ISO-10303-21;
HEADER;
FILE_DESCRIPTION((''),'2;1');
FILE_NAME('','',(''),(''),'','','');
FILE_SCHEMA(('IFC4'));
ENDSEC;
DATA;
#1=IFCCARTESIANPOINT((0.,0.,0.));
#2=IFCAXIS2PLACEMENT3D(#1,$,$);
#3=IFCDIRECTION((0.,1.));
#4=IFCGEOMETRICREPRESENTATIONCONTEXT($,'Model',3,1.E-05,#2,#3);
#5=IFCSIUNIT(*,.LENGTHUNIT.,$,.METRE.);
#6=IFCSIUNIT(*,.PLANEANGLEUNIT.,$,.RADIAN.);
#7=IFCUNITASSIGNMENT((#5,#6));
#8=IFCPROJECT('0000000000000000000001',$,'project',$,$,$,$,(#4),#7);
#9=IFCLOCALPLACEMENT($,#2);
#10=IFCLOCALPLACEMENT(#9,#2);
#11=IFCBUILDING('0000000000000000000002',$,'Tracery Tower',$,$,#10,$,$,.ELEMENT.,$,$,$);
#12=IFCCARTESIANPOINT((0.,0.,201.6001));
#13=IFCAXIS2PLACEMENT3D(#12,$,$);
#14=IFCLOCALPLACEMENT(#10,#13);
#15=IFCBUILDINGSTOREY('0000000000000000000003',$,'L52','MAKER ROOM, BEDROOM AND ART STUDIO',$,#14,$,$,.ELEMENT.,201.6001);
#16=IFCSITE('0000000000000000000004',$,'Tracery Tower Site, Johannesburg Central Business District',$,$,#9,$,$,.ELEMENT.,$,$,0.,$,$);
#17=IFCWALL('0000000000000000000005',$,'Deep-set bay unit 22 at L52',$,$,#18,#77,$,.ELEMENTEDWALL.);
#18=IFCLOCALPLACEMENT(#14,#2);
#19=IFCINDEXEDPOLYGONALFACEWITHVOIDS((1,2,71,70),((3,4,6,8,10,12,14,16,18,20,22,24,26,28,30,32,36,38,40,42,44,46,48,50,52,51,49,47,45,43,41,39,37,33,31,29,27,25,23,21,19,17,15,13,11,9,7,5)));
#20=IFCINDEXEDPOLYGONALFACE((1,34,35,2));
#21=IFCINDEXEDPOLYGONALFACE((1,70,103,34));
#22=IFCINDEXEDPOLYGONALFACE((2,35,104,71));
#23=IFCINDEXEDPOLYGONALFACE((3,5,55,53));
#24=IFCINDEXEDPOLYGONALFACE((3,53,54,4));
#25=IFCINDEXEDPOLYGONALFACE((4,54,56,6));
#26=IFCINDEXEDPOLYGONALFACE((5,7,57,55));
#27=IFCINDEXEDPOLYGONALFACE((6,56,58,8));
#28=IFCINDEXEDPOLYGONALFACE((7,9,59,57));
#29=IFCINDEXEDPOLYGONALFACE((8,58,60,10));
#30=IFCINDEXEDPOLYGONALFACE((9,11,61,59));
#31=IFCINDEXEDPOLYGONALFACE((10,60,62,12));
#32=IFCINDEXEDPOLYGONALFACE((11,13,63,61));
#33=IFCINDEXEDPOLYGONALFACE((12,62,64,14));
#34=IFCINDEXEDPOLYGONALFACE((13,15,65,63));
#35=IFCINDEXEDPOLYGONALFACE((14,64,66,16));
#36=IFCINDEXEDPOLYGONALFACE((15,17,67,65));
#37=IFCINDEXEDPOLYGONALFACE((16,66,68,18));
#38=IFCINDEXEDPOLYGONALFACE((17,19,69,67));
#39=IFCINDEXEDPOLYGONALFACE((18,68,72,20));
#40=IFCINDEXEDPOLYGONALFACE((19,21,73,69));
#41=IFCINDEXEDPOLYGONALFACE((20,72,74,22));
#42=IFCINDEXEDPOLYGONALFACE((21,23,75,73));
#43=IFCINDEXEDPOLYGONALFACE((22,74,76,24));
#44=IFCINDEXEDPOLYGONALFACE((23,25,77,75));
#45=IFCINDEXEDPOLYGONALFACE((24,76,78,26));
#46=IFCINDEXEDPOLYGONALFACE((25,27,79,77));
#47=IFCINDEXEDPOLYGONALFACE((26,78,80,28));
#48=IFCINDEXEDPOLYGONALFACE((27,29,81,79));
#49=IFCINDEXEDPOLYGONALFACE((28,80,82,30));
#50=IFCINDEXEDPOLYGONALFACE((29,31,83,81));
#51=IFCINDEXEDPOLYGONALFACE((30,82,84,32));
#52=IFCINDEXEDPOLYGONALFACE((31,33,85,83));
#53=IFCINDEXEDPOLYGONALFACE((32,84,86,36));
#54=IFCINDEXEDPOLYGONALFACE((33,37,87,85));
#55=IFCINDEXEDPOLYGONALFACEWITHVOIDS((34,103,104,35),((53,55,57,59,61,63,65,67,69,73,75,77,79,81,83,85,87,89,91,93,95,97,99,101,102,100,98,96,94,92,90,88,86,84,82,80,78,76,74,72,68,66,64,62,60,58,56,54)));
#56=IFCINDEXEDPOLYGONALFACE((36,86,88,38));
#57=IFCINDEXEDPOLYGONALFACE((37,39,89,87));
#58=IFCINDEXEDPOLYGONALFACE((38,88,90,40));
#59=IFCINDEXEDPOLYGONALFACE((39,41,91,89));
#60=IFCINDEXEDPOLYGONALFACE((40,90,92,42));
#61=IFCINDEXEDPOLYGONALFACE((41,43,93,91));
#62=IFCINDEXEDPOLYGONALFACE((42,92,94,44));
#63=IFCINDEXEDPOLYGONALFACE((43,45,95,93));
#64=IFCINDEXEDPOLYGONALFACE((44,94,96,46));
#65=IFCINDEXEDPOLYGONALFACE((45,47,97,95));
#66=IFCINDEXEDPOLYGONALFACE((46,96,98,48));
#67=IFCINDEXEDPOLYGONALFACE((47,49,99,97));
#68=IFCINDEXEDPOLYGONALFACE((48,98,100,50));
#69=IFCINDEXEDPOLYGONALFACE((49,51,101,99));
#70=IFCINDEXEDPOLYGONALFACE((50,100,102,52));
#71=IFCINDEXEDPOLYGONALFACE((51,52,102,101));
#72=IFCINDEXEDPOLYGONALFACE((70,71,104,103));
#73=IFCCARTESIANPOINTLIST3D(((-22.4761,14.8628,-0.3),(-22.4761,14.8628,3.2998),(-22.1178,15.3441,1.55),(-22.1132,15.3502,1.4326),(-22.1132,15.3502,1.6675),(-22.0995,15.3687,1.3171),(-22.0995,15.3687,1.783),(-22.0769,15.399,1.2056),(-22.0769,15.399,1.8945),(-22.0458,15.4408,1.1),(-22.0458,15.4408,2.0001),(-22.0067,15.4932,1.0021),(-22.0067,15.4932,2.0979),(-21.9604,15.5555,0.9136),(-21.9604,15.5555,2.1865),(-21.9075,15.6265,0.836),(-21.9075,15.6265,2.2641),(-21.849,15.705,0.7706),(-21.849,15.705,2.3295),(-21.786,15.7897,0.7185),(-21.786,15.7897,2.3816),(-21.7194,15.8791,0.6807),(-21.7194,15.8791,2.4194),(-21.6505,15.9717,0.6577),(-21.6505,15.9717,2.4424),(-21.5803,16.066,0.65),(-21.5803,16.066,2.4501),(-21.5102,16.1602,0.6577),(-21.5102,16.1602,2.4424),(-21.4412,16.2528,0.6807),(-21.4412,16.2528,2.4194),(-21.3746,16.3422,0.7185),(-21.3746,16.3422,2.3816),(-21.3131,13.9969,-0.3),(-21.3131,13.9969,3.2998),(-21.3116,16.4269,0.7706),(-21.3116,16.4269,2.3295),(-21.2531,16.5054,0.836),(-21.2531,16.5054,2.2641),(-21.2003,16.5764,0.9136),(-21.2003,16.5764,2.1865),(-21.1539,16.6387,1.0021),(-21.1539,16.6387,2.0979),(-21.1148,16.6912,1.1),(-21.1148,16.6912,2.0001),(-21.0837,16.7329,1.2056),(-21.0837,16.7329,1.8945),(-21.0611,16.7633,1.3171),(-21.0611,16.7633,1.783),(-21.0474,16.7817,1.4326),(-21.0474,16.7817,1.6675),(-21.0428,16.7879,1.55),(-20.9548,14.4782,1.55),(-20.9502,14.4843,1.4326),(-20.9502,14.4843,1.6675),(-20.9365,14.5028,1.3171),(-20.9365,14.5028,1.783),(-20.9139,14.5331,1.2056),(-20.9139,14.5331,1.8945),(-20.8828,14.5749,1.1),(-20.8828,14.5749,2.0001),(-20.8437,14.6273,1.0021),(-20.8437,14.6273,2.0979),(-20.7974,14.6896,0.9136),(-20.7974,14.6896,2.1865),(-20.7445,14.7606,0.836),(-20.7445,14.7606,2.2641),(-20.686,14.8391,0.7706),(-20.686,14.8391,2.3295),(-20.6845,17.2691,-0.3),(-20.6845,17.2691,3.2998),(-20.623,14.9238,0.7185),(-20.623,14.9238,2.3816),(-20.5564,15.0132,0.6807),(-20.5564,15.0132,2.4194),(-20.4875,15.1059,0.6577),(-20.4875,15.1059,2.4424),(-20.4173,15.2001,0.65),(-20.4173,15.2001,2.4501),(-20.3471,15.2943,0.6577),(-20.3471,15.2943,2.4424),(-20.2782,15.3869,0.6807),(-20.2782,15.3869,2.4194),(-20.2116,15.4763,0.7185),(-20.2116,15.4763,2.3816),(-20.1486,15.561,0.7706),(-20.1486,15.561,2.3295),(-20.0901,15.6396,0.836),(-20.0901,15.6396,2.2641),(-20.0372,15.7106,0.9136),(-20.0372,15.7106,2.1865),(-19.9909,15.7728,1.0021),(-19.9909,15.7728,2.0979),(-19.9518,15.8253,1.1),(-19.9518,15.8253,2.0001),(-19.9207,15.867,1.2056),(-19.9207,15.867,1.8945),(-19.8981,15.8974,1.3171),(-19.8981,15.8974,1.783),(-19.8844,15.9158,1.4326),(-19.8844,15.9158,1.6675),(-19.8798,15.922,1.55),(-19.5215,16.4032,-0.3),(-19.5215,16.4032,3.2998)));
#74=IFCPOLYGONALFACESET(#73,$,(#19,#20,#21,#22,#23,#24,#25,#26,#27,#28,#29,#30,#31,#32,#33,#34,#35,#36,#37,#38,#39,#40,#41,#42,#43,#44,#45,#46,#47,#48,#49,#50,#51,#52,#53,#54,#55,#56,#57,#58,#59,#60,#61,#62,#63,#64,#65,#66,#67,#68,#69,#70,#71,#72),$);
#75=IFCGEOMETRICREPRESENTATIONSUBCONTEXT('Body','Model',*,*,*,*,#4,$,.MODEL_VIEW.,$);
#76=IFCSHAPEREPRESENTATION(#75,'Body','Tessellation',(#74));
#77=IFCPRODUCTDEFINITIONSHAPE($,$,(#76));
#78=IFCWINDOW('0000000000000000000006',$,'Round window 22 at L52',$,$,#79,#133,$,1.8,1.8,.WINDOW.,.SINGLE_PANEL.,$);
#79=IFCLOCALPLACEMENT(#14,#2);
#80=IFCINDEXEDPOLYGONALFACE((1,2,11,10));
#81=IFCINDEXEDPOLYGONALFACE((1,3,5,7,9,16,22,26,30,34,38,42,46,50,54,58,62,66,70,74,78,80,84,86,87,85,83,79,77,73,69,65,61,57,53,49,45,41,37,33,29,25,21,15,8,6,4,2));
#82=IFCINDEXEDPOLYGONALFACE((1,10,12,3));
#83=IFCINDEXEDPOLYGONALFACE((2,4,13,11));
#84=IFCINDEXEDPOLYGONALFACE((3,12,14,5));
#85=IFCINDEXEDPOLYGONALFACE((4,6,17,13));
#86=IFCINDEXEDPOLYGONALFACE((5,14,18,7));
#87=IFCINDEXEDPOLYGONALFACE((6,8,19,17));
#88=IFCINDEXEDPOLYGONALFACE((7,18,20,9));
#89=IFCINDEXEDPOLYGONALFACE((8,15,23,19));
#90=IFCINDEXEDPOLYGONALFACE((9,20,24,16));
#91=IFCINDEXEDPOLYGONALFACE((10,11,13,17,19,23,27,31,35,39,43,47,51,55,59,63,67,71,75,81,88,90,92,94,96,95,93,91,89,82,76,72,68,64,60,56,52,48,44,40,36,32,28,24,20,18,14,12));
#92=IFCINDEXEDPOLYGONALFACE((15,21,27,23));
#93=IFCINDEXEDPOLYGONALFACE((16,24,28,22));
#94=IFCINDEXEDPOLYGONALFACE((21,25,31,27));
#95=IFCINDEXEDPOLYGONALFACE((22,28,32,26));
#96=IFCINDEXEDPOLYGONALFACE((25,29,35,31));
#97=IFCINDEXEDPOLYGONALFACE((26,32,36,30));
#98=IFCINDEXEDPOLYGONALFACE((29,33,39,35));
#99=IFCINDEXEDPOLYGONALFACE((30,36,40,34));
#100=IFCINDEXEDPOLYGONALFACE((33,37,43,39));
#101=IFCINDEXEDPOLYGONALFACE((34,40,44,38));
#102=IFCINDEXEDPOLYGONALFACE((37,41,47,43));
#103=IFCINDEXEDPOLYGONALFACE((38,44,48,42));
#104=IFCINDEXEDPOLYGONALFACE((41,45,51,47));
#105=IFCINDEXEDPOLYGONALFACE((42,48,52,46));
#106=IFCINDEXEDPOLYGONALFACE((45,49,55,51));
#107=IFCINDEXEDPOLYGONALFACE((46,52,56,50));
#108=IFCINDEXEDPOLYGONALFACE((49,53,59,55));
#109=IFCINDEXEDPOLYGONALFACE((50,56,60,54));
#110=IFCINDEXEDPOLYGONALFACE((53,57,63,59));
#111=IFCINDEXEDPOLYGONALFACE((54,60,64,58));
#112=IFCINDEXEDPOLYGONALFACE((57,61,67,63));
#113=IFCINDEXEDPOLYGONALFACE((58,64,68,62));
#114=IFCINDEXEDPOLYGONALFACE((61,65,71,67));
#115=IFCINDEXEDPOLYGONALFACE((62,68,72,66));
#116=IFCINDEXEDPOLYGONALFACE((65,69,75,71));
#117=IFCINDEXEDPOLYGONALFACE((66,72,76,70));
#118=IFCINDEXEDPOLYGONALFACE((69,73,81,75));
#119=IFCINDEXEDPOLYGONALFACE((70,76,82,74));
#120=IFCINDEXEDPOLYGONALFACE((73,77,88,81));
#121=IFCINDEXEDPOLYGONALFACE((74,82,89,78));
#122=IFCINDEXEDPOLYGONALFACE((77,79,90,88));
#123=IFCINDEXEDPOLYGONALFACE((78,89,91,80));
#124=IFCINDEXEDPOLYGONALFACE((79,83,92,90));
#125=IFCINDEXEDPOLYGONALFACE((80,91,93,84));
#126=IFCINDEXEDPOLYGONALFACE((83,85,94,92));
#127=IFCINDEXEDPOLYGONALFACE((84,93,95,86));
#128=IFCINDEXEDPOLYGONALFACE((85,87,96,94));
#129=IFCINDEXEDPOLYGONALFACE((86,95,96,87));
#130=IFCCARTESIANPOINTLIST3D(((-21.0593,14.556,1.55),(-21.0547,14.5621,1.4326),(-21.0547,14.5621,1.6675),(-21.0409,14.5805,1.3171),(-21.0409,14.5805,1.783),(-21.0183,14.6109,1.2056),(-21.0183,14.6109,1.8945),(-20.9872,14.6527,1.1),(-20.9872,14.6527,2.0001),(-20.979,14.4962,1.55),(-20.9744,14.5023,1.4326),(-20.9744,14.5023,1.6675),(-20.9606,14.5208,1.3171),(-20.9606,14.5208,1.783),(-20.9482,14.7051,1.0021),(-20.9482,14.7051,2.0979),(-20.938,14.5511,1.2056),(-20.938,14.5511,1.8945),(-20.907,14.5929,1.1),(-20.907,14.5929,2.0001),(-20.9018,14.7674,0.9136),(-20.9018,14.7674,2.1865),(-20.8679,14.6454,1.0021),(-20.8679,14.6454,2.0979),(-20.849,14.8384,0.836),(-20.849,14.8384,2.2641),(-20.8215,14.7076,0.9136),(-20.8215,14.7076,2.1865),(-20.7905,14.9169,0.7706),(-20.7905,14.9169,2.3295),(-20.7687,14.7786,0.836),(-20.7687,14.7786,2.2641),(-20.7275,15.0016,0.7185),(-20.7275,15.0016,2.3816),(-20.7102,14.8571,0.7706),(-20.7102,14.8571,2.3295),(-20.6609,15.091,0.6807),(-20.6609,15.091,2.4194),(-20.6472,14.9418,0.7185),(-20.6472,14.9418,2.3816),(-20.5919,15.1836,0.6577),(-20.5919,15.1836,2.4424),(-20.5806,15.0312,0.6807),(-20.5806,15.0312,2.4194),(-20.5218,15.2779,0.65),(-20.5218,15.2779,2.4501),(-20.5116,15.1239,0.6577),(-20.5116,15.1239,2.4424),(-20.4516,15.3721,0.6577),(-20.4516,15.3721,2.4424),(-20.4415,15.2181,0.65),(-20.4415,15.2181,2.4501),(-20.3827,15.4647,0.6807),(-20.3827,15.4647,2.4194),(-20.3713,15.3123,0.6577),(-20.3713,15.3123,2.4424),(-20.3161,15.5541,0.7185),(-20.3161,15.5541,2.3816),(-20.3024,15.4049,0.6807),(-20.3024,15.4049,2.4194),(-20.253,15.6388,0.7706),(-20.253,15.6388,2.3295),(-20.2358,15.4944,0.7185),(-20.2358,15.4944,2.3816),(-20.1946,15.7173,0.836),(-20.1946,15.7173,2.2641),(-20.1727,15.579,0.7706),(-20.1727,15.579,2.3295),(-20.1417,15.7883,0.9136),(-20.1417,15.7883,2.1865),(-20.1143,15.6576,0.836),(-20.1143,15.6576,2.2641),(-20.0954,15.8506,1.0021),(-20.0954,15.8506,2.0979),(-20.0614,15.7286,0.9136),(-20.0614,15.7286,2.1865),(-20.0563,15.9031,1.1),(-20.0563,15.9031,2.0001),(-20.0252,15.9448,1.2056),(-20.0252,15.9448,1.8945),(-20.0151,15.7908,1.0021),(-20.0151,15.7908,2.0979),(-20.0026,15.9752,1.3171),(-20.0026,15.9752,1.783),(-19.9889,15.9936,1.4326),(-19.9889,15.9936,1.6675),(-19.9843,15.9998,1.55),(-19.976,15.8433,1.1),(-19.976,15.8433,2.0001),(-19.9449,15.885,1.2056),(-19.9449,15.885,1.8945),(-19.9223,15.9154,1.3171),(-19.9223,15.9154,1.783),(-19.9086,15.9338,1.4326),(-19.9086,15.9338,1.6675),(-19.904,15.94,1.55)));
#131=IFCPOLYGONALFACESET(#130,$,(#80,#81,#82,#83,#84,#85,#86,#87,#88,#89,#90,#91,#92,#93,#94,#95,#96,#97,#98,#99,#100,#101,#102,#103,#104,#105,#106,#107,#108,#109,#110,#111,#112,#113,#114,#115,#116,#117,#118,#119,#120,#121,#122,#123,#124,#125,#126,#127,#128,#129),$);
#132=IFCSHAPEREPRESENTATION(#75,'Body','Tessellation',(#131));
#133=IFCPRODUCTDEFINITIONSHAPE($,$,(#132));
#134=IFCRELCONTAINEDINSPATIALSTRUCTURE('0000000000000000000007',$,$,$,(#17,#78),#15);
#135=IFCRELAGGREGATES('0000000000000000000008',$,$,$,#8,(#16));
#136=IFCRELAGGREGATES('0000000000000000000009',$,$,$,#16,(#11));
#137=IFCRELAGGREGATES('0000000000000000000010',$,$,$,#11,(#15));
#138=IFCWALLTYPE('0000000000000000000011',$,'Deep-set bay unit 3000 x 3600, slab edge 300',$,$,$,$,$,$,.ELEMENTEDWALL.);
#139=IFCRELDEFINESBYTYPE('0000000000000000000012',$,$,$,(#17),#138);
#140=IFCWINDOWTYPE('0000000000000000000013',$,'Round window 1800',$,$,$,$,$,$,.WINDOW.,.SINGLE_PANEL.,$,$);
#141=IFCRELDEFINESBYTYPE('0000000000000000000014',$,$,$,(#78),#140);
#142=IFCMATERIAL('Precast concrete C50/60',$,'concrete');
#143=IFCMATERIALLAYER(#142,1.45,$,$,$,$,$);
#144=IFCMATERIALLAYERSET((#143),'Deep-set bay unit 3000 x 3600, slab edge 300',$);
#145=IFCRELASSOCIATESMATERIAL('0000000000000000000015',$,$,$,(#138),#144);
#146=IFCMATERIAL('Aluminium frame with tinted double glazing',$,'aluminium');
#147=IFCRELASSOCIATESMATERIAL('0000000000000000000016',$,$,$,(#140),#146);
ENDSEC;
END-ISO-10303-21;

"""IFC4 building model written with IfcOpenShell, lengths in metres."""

from ifc_helpers import new_model, si_unit, direction, frame, frame_2d, origin, origin_2d, place, context, subcontext, project, spatial, rectangle, circle, extrude, material, layer, layer_set, type_object, element, fill, save


model = new_model("IFC4")

# Units and contexts
model_context = context("Model", 3, precision=1e-05, world=origin(), true_north=direction((0.0, 1.0)))
body_context = subcontext(model_context, "Body", "Model", "MODEL_VIEW")
ifc_project = project(units=[si_unit("LENGTHUNIT", "METRE"), si_unit("PLANEANGLEUNIT", "RADIAN")], contexts=[model_context])

# Site, building, storey
site_placement = place(None, origin())
site = spatial("IfcSite", under=ifc_project, at=site_placement, Name="Tracery Tower Site, Johannesburg Central Business District", CompositionType="ELEMENT", RefElevation=0.0)
building_placement = place(site_placement, origin())
building = spatial("IfcBuilding", under=site, at=building_placement, Name="Tracery Tower", CompositionType="ELEMENT")
storey_placement = place(building_placement, frame((0.0, 0.0, 201.6001)))
storey = spatial("IfcBuildingStorey", under=building, at=storey_placement, Name="L52", Description="MAKER ROOM, BEDROOM AND ART STUDIO", CompositionType="ELEMENT", Elevation=201.6001)

# Wall, opening, window
ifc_material_1 = material(Name="Precast concrete C50/60", Category="concrete")
ifc_layer_1 = layer(ifc_material_1, 1.45)
ifc_layer_set_1 = layer_set([ifc_layer_1], Name="Deep-set bay unit 3000 x 3600, slab edge 300")
wall_type_1 = type_object("IfcWallType", Name="Deep-set bay unit 3000 x 3600, slab edge 300", PredefinedType="ELEMENTEDWALL", material=ifc_layer_set_1)
ifc_material_2 = material(Name="Aluminium frame with tinted double glazing", Category="aluminium")
window_type = type_object("IfcWindowType", Name="Round window 1800", PartitioningType="SINGLE_PANEL", PredefinedType="WINDOW", material=ifc_material_2)
wall_1_placement = place(storey_placement, frame((-20.103, 16.8362, -0.3), z_axis=(0.0, 0.0, 1.0), x_axis=(-0.597184, -0.802104, 0.0)))
wall_1 = element("IfcWall", 1, at=wall_1_placement, inside=storey, type_object=wall_type_1, Name="Deep-set bay unit 22 at L52", PredefinedType="ELEMENTEDWALL", context=body_context, shape_type="SweptSolid", body=[
    extrude(rectangle(XDim=3.0, YDim=1.45, at=frame_2d((1.5, 0.0))), origin(), (0.0, 0.0, 1.0), 3.5999),
])
opening_1_placement = place(wall_1_placement, frame((1.5, 0.0, 1.8501)))
opening_1 = element("IfcOpeningElement", 2, at=opening_1_placement, cuts=wall_1, PredefinedType="OPENING", context=body_context, shape_type="SweptSolid", body=[
    extrude(circle(Radius=0.9, at=origin_2d()), frame((0.0, 0.7349, 0.0), z_axis=(0.0, -1.0, 0.0), x_axis=(1.0, 0.0, 0.0)), (0.0, 0.0, 1.0), 1.47),
])
window_1_placement = place(opening_1_placement, origin())
window_1 = element("IfcWindow", 3, at=window_1_placement, inside=storey, type_object=window_type, Name="Round window 22 at L52", OverallHeight=1.8, OverallWidth=1.8, PartitioningType="SINGLE_PANEL", PredefinedType="WINDOW", context=body_context, shape_type="SweptSolid", body=[
    extrude(circle(Radius=0.9, at=origin_2d()), frame((0.0, 0.6948, 0.0), z_axis=(0.0, -1.0, 0.0), x_axis=(1.0, 0.0, 0.0)), (0.0, 0.0, 1.0), 0.1001),
])
fill(opening_1, window_1)

save(model, "model.ifc")
